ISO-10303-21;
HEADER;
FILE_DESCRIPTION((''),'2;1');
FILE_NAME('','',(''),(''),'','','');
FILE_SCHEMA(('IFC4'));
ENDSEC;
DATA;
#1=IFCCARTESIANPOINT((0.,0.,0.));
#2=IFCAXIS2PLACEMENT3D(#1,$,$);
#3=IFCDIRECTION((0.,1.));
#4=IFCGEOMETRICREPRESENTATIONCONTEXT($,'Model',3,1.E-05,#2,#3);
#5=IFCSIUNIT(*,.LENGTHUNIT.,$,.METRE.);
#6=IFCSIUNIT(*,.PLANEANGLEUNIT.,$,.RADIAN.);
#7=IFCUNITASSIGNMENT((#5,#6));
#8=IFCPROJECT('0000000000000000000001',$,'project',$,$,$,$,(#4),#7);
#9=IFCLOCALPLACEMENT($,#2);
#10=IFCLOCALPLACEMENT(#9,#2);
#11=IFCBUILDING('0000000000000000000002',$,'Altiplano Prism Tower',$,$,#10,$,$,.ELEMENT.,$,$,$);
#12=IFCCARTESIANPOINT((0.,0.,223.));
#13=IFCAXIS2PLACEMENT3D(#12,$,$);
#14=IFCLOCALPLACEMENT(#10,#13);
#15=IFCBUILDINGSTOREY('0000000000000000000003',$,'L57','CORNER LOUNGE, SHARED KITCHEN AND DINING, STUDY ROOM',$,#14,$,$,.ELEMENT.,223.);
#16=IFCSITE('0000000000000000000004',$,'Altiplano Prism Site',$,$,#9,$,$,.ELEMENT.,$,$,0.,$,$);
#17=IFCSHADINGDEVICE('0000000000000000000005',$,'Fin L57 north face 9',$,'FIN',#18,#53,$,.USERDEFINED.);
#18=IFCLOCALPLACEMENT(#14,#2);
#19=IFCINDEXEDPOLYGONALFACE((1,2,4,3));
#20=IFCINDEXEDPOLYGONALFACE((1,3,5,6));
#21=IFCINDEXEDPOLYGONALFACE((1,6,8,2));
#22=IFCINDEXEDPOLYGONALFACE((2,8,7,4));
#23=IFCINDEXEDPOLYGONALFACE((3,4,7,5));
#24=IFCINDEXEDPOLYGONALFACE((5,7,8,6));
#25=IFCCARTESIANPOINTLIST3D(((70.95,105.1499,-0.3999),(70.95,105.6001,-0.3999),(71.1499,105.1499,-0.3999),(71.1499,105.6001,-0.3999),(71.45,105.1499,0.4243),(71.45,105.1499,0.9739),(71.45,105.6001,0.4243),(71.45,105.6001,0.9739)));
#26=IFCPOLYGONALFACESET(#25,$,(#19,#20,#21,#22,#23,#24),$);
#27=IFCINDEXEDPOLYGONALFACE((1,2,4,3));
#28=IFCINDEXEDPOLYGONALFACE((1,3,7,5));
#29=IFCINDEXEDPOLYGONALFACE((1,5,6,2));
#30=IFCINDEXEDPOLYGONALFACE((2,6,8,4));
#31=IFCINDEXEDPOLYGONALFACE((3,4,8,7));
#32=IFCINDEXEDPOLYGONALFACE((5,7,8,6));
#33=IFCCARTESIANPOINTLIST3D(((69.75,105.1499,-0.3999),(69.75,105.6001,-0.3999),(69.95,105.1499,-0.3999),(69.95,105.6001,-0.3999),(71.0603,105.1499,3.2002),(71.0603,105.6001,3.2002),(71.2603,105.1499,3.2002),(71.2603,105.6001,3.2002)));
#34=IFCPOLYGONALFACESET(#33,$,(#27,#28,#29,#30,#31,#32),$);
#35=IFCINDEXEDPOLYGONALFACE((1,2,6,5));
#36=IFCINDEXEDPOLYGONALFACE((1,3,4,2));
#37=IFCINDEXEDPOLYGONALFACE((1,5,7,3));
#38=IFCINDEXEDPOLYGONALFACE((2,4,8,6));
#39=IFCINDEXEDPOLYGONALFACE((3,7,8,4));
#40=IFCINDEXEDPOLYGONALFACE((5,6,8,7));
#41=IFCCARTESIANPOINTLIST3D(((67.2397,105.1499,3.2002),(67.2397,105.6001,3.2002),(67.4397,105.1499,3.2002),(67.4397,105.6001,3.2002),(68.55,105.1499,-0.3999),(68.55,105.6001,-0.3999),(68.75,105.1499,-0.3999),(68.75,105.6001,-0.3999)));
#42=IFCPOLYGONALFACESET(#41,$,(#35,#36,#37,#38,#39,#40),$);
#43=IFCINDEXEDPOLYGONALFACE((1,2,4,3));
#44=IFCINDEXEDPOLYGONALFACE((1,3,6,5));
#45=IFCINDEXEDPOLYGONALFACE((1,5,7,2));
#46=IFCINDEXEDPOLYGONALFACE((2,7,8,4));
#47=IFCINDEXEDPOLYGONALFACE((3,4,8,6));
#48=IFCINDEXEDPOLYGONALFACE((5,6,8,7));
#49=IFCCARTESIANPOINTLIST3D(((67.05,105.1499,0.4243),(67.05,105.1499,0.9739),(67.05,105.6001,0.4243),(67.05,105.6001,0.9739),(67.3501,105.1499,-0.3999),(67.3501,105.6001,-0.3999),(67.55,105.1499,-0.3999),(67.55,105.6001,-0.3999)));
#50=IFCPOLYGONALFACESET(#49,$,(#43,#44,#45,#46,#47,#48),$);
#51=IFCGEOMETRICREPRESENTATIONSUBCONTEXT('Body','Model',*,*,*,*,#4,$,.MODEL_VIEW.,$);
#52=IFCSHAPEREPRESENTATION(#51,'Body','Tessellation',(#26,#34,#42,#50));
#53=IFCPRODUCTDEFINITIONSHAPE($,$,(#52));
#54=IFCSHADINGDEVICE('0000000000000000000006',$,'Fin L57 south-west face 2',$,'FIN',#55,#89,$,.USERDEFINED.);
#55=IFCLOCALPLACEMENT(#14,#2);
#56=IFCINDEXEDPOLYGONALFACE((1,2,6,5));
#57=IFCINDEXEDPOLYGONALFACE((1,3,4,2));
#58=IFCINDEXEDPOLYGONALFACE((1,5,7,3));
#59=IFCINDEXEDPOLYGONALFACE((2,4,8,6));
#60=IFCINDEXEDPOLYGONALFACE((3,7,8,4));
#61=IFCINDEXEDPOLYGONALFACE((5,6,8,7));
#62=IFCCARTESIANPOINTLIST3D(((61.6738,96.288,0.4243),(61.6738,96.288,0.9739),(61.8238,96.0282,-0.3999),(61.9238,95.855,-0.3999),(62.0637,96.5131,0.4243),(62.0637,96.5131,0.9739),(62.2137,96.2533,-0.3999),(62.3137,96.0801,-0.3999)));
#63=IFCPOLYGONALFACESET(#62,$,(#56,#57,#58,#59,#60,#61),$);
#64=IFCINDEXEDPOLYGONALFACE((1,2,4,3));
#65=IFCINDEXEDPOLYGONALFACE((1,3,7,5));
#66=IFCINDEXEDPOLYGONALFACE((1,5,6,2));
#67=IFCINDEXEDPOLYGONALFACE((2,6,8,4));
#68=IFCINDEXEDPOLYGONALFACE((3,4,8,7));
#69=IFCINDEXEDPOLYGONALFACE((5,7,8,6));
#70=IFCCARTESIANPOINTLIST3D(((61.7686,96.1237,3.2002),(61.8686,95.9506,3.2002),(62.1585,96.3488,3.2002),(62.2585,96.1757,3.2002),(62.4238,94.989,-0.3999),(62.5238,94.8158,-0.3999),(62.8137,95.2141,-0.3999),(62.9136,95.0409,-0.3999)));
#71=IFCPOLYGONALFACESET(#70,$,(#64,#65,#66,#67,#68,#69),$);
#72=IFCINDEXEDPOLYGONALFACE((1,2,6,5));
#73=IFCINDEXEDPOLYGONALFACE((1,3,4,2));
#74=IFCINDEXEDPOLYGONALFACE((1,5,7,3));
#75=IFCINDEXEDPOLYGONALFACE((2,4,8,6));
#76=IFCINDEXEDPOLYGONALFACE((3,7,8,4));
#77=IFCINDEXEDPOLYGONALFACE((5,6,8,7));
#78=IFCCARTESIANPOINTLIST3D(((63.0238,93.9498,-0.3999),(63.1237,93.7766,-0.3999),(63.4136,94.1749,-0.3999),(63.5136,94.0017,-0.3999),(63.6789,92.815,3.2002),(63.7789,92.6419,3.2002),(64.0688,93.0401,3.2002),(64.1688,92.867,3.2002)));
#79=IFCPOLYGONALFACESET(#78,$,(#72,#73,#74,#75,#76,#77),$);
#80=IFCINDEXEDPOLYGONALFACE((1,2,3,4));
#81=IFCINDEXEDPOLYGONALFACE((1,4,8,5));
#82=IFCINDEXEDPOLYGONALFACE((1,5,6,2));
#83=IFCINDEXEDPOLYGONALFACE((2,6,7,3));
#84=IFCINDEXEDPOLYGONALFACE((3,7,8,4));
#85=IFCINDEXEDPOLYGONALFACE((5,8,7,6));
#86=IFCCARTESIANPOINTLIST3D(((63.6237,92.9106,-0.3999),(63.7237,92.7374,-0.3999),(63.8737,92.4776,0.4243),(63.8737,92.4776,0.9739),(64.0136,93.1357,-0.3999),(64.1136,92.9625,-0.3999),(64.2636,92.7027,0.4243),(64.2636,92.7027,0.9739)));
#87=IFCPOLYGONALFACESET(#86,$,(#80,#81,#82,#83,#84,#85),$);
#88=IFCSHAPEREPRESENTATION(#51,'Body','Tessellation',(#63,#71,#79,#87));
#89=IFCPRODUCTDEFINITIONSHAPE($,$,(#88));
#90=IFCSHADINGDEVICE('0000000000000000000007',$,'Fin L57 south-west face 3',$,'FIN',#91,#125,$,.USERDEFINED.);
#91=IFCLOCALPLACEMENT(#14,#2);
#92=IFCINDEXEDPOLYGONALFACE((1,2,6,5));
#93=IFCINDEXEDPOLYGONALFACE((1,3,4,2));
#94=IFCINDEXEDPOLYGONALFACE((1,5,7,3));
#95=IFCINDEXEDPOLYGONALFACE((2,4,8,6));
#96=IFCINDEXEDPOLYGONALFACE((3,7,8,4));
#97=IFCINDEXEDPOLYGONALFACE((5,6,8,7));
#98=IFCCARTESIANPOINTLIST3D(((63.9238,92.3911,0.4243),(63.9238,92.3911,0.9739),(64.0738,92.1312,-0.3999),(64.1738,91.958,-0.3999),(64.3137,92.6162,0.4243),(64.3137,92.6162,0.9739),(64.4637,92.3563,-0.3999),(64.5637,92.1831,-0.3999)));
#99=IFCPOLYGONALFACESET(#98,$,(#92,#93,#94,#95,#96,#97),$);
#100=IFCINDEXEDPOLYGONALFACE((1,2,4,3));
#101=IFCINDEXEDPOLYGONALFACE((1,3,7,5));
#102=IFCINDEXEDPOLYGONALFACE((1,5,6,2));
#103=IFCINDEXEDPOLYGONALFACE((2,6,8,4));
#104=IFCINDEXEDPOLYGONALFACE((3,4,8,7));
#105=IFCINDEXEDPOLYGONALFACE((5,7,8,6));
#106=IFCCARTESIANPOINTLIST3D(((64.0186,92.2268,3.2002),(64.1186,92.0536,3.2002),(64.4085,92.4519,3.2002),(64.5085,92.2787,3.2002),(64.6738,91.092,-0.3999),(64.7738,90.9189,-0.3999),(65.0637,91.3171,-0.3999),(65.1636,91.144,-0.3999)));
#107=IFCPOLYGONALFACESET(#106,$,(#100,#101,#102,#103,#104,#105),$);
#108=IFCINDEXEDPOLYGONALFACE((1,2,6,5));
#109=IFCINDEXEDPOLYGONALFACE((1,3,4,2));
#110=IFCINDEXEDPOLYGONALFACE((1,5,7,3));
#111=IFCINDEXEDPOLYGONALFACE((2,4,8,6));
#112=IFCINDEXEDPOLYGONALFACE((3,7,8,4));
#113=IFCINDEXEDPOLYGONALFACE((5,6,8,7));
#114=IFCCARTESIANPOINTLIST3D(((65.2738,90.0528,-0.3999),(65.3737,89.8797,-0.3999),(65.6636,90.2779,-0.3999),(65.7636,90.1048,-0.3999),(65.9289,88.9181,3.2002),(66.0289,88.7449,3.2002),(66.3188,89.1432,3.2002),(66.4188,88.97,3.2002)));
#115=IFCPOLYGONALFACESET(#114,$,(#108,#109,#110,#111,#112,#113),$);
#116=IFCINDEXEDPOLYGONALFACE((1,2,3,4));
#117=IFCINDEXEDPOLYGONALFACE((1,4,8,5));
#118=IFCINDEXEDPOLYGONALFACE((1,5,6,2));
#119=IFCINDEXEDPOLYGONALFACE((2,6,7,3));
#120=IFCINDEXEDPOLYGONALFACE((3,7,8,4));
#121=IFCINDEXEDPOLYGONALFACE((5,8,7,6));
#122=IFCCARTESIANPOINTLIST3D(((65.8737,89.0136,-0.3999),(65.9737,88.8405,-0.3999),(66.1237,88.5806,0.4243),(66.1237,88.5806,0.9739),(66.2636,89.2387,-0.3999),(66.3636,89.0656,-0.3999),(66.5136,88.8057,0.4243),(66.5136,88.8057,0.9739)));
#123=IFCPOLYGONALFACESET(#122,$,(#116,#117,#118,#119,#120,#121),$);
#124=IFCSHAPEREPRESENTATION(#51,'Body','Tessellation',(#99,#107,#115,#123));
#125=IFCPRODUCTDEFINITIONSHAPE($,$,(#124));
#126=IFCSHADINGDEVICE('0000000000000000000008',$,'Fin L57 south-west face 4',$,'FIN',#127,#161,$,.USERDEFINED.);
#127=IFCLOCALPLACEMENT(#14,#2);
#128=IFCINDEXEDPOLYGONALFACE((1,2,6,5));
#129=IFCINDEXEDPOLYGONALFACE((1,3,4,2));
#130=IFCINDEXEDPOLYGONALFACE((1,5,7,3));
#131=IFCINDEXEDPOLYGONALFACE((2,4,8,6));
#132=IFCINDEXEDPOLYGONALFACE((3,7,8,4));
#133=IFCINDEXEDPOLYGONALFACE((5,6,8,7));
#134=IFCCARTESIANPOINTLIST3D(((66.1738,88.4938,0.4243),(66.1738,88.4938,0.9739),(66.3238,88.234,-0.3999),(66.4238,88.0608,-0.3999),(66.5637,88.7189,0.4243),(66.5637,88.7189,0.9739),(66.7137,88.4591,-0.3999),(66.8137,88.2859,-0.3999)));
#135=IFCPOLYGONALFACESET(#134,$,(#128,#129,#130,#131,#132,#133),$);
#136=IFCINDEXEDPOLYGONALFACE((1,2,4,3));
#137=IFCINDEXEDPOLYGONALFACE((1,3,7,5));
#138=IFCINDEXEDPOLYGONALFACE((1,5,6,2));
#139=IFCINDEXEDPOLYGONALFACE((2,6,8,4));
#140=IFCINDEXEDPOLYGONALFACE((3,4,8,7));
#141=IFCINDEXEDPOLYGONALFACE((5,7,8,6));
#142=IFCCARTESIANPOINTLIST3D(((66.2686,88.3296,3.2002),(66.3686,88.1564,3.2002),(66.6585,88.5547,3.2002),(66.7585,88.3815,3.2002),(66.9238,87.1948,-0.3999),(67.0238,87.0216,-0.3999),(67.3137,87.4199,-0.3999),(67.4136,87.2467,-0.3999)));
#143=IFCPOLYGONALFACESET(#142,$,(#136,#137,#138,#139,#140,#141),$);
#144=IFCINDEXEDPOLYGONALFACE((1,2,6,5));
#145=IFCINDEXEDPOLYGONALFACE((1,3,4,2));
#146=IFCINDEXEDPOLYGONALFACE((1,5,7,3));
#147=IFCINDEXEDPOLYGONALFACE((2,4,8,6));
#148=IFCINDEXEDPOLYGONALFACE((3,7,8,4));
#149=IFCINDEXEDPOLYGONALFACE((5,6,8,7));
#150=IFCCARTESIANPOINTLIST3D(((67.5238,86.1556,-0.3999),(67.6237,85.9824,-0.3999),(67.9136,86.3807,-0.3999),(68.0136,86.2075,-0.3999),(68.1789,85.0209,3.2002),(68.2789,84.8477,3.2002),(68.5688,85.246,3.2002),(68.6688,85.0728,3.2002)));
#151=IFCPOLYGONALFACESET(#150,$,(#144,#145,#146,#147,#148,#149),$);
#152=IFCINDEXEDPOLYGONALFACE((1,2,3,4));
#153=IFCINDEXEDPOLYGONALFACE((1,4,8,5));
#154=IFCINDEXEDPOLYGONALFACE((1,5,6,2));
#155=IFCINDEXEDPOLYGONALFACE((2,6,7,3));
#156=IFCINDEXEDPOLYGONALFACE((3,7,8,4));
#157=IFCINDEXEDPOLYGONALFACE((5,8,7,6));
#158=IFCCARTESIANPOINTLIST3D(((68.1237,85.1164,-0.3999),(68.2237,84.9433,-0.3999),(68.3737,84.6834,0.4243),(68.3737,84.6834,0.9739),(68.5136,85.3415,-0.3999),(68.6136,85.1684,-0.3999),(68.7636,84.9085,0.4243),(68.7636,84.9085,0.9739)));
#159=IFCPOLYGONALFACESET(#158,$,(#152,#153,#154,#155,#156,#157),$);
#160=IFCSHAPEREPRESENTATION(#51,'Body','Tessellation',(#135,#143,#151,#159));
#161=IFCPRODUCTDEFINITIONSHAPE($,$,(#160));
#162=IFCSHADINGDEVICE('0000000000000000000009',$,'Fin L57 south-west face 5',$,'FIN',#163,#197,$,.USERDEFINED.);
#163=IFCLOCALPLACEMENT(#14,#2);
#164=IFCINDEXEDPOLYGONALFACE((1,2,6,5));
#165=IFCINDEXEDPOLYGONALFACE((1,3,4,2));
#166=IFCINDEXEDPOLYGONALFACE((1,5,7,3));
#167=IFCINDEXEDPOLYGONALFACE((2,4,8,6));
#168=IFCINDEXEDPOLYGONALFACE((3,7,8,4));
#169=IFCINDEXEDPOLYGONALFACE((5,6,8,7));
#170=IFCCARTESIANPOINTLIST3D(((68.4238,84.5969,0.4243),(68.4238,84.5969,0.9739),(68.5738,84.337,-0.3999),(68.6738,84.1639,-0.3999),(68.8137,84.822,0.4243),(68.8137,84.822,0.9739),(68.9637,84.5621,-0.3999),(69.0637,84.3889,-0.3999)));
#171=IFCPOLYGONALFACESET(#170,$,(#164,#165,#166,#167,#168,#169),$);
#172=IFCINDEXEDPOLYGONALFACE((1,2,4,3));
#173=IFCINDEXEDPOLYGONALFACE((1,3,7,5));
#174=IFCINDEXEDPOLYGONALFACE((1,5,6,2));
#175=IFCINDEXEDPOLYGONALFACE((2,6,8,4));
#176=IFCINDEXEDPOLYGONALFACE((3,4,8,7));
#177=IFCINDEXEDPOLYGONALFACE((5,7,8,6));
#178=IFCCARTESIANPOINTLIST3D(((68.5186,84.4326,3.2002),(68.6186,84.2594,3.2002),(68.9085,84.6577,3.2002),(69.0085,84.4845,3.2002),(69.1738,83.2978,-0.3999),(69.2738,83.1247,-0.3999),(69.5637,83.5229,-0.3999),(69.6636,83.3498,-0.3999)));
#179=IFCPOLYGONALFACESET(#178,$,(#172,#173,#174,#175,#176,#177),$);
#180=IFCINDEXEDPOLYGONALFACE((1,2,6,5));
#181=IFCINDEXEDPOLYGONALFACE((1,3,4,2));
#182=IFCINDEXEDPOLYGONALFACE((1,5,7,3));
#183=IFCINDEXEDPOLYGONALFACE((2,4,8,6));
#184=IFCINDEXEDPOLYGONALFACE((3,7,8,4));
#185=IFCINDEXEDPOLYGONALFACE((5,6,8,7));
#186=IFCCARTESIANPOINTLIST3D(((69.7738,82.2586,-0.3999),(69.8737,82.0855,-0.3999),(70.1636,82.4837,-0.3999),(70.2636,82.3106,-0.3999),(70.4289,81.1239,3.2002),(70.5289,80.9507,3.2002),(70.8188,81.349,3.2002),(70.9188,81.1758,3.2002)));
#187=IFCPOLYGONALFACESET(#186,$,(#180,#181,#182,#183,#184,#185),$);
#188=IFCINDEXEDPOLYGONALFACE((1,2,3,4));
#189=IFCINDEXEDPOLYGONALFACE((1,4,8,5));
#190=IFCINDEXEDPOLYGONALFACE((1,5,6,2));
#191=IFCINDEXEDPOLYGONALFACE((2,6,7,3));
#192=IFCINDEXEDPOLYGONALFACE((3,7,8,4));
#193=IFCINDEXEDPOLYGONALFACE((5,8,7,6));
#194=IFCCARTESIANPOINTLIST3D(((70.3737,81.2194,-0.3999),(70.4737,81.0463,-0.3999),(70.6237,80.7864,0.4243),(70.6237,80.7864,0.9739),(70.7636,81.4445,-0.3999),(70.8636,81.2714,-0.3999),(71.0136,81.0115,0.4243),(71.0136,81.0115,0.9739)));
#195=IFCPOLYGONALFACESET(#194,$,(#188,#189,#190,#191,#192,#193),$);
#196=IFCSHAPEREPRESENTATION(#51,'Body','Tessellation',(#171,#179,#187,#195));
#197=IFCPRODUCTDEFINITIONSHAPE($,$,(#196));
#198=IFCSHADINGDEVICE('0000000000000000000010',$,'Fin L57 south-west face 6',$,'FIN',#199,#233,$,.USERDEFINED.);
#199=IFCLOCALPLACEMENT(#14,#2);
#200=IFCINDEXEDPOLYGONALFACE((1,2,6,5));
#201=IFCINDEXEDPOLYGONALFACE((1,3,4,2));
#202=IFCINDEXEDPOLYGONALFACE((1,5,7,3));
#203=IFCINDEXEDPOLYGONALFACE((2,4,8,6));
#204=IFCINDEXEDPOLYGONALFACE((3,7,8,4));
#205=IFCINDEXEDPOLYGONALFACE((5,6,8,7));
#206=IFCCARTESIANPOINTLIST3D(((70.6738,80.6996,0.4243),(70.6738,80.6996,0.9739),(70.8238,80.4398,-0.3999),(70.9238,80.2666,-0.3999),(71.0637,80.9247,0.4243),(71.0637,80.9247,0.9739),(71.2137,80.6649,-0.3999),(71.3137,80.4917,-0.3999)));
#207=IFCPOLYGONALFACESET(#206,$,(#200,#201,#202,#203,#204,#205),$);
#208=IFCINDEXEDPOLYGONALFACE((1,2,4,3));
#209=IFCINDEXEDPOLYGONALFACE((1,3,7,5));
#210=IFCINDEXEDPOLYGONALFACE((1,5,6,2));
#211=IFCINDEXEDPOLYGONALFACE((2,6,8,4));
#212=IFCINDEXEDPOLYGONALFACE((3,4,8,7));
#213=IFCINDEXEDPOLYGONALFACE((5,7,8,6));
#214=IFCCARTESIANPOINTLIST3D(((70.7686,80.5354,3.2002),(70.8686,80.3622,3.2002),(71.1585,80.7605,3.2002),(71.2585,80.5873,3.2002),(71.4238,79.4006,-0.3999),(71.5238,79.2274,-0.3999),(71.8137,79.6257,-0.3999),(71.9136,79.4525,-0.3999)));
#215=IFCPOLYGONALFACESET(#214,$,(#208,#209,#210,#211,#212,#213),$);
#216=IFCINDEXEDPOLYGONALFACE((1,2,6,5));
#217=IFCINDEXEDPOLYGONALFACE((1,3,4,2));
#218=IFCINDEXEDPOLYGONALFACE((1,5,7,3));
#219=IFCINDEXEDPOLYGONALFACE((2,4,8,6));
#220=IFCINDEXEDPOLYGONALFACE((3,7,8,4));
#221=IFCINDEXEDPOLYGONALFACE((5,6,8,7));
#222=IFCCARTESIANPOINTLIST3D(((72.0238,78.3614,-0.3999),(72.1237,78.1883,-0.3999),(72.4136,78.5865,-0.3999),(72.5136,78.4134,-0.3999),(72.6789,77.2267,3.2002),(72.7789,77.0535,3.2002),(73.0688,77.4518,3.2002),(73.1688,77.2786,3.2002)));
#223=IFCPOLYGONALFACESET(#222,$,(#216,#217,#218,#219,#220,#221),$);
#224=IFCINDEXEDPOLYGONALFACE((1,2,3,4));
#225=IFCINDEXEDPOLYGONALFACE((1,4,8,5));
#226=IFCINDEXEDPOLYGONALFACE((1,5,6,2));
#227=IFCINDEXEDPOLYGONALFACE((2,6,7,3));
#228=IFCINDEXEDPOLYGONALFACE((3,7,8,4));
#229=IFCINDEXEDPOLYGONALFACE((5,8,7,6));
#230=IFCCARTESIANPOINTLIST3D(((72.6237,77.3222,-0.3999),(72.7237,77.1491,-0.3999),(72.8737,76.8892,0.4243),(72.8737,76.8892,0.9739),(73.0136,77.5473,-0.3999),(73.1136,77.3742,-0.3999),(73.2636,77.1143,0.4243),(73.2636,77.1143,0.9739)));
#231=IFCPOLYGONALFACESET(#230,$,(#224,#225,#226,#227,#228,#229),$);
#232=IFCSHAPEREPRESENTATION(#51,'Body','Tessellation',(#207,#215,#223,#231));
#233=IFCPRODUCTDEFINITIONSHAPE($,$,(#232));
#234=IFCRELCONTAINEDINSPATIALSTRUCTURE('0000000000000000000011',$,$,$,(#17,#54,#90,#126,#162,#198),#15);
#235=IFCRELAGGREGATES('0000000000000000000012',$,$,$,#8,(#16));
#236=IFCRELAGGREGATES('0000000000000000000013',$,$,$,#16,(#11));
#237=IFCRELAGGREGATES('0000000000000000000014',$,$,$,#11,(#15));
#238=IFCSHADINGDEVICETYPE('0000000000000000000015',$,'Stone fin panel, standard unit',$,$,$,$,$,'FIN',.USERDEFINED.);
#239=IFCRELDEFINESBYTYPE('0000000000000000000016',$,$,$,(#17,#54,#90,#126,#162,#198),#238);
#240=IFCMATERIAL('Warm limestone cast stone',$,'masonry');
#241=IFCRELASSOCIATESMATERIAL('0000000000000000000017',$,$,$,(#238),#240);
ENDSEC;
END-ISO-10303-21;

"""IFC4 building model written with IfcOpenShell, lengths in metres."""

from ifc_helpers import new_model, si_unit, direction, frame, origin, place, context, subcontext, project, spatial, polyline, outline, extrude, source, transform, mapped, material, type_object, element, save


model = new_model("IFC4")

# Units and contexts
model_context = context("Model", 3, precision=1e-05, world=origin(), true_north=direction((0.0, 1.0)))
body_context = subcontext(model_context, "Body", "Model", "MODEL_VIEW")
ifc_project = project(units=[si_unit("LENGTHUNIT", "METRE"), si_unit("PLANEANGLEUNIT", "RADIAN")], contexts=[model_context])

# Site, building, storey
site_placement = place(None, origin())
site = spatial("IfcSite", under=ifc_project, at=site_placement, Name="Altiplano Prism Site", CompositionType="ELEMENT", RefElevation=0.0)
building_placement = place(site_placement, origin())
building = spatial("IfcBuilding", under=site, at=building_placement, Name="Altiplano Prism Tower", CompositionType="ELEMENT")
storey_placement = place(building_placement, frame((0.0, 0.0, 223.0)))
storey = spatial("IfcBuildingStorey", under=building, at=storey_placement, Name="L57", Description="CORNER LOUNGE, SHARED KITCHEN AND DINING, STUDY ROOM", CompositionType="ELEMENT", Elevation=223.0)

# Shading devices
ifc_material_1 = material(Name="Warm limestone cast stone", Category="masonry")
shading_device_type_1 = type_object("IfcShadingDeviceType", Name="Stone fin panel, standard unit", ElementType="FIN", PredefinedType="USERDEFINED", material=ifc_material_1)
shared_shape_1 = source(origin(), body_context, "Body", "SweptSolid", [
    extrude(outline(polyline([(-2.2, 1.3738), (-2.2, 0.8242), (-1.8999, 0.0), (-1.7, 0.0), (-2.2, 1.3738)])), frame((0.0, -0.1499, 0.0), z_axis=(0.0, -1.0, 0.0), x_axis=(1.0, 0.0, 0.0)), (0.0, 0.0, 1.0), 0.4502),
    extrude(outline(polyline([(-2.0103, 3.6001), (-0.7, 0.0), (-0.5, 0.0), (-1.8103, 3.6001), (-2.0103, 3.6001)])), frame((0.0, -0.1499, 0.0), z_axis=(0.0, -1.0, 0.0), x_axis=(1.0, 0.0, 0.0)), (0.0, 0.0, 1.0), 0.4502),
    extrude(outline(polyline([(1.8103, 3.6001), (0.5, 0.0), (0.7, 0.0), (2.0103, 3.6001), (1.8103, 3.6001)])), frame((0.0, -0.1499, 0.0), z_axis=(0.0, -1.0, 0.0), x_axis=(1.0, 0.0, 0.0)), (0.0, 0.0, 1.0), 0.4502),
    extrude(outline(polyline([(2.2, 0.8242), (2.2, 1.3738), (1.7, 0.0), (1.8999, 0.0), (2.2, 0.8242)])), frame((0.0, -0.1499, 0.0), z_axis=(0.0, -1.0, 0.0), x_axis=(1.0, 0.0, 0.0)), (0.0, 0.0, 1.0), 0.4502),
])
shading_device_1_placement = place(storey_placement, origin())
element("IfcShadingDevice", 1, at=shading_device_1_placement, inside=storey, type_object=shading_device_type_1, Name="Fin L57 north face 9", ObjectType="FIN", PredefinedType="USERDEFINED", context=body_context, shape_type="MappedRepresentation", body=[
    mapped(shared_shape_1, transform((69.25, 105.0, -0.3999), x_axis=(-1.0, 0.0, 0.0), y_axis=(0.0, -1.0, 0.0), z_axis=(0.0, 0.0, 1.0))),
])
shading_device_2_placement = place(storey_placement, origin())
element("IfcShadingDevice", 2, at=shading_device_2_placement, inside=storey, type_object=shading_device_type_1, Name="Fin L57 south-west face 2", ObjectType="FIN", PredefinedType="USERDEFINED", context=body_context, shape_type="MappedRepresentation", body=[
    mapped(shared_shape_1, transform((63.2935, 94.6829, -0.3999), x_axis=(0.5, -0.866025, 0.0), y_axis=(0.866025, 0.5, 0.0), z_axis=(0.0, 0.0, 1.0))),
])
shading_device_3_placement = place(storey_placement, origin())
element("IfcShadingDevice", 3, at=shading_device_3_placement, inside=storey, type_object=shading_device_type_1, Name="Fin L57 south-west face 3", ObjectType="FIN", PredefinedType="USERDEFINED", context=body_context, shape_type="MappedRepresentation", body=[
    mapped(shared_shape_1, transform((65.5435, 90.7859, -0.3999), x_axis=(0.5, -0.866025, 0.0), y_axis=(0.866025, 0.5, 0.0), z_axis=(0.0, 0.0, 1.0))),
])
shading_device_4_placement = place(storey_placement, origin())
element("IfcShadingDevice", 4, at=shading_device_4_placement, inside=storey, type_object=shading_device_type_1, Name="Fin L57 south-west face 4", ObjectType="FIN", PredefinedType="USERDEFINED", context=body_context, shape_type="MappedRepresentation", body=[
    mapped(shared_shape_1, transform((67.7935, 86.8887, -0.3999), x_axis=(0.5, -0.866025, 0.0), y_axis=(0.866025, 0.5, 0.0), z_axis=(0.0, 0.0, 1.0))),
])
shading_device_5_placement = place(storey_placement, origin())
element("IfcShadingDevice", 5, at=shading_device_5_placement, inside=storey, type_object=shading_device_type_1, Name="Fin L57 south-west face 5", ObjectType="FIN", PredefinedType="USERDEFINED", context=body_context, shape_type="MappedRepresentation", body=[
    mapped(shared_shape_1, transform((70.0435, 82.9917, -0.3999), x_axis=(0.5, -0.866025, 0.0), y_axis=(0.866025, 0.5, 0.0), z_axis=(0.0, 0.0, 1.0))),
])
shading_device_6_placement = place(storey_placement, origin())
element("IfcShadingDevice", 6, at=shading_device_6_placement, inside=storey, type_object=shading_device_type_1, Name="Fin L57 south-west face 6", ObjectType="FIN", PredefinedType="USERDEFINED", context=body_context, shape_type="MappedRepresentation", body=[
    mapped(shared_shape_1, transform((72.2935, 79.0945, -0.3999), x_axis=(0.5, -0.866025, 0.0), y_axis=(0.866025, 0.5, 0.0), z_axis=(0.0, 0.0, 1.0))),
])

save(model, "model.ifc")
